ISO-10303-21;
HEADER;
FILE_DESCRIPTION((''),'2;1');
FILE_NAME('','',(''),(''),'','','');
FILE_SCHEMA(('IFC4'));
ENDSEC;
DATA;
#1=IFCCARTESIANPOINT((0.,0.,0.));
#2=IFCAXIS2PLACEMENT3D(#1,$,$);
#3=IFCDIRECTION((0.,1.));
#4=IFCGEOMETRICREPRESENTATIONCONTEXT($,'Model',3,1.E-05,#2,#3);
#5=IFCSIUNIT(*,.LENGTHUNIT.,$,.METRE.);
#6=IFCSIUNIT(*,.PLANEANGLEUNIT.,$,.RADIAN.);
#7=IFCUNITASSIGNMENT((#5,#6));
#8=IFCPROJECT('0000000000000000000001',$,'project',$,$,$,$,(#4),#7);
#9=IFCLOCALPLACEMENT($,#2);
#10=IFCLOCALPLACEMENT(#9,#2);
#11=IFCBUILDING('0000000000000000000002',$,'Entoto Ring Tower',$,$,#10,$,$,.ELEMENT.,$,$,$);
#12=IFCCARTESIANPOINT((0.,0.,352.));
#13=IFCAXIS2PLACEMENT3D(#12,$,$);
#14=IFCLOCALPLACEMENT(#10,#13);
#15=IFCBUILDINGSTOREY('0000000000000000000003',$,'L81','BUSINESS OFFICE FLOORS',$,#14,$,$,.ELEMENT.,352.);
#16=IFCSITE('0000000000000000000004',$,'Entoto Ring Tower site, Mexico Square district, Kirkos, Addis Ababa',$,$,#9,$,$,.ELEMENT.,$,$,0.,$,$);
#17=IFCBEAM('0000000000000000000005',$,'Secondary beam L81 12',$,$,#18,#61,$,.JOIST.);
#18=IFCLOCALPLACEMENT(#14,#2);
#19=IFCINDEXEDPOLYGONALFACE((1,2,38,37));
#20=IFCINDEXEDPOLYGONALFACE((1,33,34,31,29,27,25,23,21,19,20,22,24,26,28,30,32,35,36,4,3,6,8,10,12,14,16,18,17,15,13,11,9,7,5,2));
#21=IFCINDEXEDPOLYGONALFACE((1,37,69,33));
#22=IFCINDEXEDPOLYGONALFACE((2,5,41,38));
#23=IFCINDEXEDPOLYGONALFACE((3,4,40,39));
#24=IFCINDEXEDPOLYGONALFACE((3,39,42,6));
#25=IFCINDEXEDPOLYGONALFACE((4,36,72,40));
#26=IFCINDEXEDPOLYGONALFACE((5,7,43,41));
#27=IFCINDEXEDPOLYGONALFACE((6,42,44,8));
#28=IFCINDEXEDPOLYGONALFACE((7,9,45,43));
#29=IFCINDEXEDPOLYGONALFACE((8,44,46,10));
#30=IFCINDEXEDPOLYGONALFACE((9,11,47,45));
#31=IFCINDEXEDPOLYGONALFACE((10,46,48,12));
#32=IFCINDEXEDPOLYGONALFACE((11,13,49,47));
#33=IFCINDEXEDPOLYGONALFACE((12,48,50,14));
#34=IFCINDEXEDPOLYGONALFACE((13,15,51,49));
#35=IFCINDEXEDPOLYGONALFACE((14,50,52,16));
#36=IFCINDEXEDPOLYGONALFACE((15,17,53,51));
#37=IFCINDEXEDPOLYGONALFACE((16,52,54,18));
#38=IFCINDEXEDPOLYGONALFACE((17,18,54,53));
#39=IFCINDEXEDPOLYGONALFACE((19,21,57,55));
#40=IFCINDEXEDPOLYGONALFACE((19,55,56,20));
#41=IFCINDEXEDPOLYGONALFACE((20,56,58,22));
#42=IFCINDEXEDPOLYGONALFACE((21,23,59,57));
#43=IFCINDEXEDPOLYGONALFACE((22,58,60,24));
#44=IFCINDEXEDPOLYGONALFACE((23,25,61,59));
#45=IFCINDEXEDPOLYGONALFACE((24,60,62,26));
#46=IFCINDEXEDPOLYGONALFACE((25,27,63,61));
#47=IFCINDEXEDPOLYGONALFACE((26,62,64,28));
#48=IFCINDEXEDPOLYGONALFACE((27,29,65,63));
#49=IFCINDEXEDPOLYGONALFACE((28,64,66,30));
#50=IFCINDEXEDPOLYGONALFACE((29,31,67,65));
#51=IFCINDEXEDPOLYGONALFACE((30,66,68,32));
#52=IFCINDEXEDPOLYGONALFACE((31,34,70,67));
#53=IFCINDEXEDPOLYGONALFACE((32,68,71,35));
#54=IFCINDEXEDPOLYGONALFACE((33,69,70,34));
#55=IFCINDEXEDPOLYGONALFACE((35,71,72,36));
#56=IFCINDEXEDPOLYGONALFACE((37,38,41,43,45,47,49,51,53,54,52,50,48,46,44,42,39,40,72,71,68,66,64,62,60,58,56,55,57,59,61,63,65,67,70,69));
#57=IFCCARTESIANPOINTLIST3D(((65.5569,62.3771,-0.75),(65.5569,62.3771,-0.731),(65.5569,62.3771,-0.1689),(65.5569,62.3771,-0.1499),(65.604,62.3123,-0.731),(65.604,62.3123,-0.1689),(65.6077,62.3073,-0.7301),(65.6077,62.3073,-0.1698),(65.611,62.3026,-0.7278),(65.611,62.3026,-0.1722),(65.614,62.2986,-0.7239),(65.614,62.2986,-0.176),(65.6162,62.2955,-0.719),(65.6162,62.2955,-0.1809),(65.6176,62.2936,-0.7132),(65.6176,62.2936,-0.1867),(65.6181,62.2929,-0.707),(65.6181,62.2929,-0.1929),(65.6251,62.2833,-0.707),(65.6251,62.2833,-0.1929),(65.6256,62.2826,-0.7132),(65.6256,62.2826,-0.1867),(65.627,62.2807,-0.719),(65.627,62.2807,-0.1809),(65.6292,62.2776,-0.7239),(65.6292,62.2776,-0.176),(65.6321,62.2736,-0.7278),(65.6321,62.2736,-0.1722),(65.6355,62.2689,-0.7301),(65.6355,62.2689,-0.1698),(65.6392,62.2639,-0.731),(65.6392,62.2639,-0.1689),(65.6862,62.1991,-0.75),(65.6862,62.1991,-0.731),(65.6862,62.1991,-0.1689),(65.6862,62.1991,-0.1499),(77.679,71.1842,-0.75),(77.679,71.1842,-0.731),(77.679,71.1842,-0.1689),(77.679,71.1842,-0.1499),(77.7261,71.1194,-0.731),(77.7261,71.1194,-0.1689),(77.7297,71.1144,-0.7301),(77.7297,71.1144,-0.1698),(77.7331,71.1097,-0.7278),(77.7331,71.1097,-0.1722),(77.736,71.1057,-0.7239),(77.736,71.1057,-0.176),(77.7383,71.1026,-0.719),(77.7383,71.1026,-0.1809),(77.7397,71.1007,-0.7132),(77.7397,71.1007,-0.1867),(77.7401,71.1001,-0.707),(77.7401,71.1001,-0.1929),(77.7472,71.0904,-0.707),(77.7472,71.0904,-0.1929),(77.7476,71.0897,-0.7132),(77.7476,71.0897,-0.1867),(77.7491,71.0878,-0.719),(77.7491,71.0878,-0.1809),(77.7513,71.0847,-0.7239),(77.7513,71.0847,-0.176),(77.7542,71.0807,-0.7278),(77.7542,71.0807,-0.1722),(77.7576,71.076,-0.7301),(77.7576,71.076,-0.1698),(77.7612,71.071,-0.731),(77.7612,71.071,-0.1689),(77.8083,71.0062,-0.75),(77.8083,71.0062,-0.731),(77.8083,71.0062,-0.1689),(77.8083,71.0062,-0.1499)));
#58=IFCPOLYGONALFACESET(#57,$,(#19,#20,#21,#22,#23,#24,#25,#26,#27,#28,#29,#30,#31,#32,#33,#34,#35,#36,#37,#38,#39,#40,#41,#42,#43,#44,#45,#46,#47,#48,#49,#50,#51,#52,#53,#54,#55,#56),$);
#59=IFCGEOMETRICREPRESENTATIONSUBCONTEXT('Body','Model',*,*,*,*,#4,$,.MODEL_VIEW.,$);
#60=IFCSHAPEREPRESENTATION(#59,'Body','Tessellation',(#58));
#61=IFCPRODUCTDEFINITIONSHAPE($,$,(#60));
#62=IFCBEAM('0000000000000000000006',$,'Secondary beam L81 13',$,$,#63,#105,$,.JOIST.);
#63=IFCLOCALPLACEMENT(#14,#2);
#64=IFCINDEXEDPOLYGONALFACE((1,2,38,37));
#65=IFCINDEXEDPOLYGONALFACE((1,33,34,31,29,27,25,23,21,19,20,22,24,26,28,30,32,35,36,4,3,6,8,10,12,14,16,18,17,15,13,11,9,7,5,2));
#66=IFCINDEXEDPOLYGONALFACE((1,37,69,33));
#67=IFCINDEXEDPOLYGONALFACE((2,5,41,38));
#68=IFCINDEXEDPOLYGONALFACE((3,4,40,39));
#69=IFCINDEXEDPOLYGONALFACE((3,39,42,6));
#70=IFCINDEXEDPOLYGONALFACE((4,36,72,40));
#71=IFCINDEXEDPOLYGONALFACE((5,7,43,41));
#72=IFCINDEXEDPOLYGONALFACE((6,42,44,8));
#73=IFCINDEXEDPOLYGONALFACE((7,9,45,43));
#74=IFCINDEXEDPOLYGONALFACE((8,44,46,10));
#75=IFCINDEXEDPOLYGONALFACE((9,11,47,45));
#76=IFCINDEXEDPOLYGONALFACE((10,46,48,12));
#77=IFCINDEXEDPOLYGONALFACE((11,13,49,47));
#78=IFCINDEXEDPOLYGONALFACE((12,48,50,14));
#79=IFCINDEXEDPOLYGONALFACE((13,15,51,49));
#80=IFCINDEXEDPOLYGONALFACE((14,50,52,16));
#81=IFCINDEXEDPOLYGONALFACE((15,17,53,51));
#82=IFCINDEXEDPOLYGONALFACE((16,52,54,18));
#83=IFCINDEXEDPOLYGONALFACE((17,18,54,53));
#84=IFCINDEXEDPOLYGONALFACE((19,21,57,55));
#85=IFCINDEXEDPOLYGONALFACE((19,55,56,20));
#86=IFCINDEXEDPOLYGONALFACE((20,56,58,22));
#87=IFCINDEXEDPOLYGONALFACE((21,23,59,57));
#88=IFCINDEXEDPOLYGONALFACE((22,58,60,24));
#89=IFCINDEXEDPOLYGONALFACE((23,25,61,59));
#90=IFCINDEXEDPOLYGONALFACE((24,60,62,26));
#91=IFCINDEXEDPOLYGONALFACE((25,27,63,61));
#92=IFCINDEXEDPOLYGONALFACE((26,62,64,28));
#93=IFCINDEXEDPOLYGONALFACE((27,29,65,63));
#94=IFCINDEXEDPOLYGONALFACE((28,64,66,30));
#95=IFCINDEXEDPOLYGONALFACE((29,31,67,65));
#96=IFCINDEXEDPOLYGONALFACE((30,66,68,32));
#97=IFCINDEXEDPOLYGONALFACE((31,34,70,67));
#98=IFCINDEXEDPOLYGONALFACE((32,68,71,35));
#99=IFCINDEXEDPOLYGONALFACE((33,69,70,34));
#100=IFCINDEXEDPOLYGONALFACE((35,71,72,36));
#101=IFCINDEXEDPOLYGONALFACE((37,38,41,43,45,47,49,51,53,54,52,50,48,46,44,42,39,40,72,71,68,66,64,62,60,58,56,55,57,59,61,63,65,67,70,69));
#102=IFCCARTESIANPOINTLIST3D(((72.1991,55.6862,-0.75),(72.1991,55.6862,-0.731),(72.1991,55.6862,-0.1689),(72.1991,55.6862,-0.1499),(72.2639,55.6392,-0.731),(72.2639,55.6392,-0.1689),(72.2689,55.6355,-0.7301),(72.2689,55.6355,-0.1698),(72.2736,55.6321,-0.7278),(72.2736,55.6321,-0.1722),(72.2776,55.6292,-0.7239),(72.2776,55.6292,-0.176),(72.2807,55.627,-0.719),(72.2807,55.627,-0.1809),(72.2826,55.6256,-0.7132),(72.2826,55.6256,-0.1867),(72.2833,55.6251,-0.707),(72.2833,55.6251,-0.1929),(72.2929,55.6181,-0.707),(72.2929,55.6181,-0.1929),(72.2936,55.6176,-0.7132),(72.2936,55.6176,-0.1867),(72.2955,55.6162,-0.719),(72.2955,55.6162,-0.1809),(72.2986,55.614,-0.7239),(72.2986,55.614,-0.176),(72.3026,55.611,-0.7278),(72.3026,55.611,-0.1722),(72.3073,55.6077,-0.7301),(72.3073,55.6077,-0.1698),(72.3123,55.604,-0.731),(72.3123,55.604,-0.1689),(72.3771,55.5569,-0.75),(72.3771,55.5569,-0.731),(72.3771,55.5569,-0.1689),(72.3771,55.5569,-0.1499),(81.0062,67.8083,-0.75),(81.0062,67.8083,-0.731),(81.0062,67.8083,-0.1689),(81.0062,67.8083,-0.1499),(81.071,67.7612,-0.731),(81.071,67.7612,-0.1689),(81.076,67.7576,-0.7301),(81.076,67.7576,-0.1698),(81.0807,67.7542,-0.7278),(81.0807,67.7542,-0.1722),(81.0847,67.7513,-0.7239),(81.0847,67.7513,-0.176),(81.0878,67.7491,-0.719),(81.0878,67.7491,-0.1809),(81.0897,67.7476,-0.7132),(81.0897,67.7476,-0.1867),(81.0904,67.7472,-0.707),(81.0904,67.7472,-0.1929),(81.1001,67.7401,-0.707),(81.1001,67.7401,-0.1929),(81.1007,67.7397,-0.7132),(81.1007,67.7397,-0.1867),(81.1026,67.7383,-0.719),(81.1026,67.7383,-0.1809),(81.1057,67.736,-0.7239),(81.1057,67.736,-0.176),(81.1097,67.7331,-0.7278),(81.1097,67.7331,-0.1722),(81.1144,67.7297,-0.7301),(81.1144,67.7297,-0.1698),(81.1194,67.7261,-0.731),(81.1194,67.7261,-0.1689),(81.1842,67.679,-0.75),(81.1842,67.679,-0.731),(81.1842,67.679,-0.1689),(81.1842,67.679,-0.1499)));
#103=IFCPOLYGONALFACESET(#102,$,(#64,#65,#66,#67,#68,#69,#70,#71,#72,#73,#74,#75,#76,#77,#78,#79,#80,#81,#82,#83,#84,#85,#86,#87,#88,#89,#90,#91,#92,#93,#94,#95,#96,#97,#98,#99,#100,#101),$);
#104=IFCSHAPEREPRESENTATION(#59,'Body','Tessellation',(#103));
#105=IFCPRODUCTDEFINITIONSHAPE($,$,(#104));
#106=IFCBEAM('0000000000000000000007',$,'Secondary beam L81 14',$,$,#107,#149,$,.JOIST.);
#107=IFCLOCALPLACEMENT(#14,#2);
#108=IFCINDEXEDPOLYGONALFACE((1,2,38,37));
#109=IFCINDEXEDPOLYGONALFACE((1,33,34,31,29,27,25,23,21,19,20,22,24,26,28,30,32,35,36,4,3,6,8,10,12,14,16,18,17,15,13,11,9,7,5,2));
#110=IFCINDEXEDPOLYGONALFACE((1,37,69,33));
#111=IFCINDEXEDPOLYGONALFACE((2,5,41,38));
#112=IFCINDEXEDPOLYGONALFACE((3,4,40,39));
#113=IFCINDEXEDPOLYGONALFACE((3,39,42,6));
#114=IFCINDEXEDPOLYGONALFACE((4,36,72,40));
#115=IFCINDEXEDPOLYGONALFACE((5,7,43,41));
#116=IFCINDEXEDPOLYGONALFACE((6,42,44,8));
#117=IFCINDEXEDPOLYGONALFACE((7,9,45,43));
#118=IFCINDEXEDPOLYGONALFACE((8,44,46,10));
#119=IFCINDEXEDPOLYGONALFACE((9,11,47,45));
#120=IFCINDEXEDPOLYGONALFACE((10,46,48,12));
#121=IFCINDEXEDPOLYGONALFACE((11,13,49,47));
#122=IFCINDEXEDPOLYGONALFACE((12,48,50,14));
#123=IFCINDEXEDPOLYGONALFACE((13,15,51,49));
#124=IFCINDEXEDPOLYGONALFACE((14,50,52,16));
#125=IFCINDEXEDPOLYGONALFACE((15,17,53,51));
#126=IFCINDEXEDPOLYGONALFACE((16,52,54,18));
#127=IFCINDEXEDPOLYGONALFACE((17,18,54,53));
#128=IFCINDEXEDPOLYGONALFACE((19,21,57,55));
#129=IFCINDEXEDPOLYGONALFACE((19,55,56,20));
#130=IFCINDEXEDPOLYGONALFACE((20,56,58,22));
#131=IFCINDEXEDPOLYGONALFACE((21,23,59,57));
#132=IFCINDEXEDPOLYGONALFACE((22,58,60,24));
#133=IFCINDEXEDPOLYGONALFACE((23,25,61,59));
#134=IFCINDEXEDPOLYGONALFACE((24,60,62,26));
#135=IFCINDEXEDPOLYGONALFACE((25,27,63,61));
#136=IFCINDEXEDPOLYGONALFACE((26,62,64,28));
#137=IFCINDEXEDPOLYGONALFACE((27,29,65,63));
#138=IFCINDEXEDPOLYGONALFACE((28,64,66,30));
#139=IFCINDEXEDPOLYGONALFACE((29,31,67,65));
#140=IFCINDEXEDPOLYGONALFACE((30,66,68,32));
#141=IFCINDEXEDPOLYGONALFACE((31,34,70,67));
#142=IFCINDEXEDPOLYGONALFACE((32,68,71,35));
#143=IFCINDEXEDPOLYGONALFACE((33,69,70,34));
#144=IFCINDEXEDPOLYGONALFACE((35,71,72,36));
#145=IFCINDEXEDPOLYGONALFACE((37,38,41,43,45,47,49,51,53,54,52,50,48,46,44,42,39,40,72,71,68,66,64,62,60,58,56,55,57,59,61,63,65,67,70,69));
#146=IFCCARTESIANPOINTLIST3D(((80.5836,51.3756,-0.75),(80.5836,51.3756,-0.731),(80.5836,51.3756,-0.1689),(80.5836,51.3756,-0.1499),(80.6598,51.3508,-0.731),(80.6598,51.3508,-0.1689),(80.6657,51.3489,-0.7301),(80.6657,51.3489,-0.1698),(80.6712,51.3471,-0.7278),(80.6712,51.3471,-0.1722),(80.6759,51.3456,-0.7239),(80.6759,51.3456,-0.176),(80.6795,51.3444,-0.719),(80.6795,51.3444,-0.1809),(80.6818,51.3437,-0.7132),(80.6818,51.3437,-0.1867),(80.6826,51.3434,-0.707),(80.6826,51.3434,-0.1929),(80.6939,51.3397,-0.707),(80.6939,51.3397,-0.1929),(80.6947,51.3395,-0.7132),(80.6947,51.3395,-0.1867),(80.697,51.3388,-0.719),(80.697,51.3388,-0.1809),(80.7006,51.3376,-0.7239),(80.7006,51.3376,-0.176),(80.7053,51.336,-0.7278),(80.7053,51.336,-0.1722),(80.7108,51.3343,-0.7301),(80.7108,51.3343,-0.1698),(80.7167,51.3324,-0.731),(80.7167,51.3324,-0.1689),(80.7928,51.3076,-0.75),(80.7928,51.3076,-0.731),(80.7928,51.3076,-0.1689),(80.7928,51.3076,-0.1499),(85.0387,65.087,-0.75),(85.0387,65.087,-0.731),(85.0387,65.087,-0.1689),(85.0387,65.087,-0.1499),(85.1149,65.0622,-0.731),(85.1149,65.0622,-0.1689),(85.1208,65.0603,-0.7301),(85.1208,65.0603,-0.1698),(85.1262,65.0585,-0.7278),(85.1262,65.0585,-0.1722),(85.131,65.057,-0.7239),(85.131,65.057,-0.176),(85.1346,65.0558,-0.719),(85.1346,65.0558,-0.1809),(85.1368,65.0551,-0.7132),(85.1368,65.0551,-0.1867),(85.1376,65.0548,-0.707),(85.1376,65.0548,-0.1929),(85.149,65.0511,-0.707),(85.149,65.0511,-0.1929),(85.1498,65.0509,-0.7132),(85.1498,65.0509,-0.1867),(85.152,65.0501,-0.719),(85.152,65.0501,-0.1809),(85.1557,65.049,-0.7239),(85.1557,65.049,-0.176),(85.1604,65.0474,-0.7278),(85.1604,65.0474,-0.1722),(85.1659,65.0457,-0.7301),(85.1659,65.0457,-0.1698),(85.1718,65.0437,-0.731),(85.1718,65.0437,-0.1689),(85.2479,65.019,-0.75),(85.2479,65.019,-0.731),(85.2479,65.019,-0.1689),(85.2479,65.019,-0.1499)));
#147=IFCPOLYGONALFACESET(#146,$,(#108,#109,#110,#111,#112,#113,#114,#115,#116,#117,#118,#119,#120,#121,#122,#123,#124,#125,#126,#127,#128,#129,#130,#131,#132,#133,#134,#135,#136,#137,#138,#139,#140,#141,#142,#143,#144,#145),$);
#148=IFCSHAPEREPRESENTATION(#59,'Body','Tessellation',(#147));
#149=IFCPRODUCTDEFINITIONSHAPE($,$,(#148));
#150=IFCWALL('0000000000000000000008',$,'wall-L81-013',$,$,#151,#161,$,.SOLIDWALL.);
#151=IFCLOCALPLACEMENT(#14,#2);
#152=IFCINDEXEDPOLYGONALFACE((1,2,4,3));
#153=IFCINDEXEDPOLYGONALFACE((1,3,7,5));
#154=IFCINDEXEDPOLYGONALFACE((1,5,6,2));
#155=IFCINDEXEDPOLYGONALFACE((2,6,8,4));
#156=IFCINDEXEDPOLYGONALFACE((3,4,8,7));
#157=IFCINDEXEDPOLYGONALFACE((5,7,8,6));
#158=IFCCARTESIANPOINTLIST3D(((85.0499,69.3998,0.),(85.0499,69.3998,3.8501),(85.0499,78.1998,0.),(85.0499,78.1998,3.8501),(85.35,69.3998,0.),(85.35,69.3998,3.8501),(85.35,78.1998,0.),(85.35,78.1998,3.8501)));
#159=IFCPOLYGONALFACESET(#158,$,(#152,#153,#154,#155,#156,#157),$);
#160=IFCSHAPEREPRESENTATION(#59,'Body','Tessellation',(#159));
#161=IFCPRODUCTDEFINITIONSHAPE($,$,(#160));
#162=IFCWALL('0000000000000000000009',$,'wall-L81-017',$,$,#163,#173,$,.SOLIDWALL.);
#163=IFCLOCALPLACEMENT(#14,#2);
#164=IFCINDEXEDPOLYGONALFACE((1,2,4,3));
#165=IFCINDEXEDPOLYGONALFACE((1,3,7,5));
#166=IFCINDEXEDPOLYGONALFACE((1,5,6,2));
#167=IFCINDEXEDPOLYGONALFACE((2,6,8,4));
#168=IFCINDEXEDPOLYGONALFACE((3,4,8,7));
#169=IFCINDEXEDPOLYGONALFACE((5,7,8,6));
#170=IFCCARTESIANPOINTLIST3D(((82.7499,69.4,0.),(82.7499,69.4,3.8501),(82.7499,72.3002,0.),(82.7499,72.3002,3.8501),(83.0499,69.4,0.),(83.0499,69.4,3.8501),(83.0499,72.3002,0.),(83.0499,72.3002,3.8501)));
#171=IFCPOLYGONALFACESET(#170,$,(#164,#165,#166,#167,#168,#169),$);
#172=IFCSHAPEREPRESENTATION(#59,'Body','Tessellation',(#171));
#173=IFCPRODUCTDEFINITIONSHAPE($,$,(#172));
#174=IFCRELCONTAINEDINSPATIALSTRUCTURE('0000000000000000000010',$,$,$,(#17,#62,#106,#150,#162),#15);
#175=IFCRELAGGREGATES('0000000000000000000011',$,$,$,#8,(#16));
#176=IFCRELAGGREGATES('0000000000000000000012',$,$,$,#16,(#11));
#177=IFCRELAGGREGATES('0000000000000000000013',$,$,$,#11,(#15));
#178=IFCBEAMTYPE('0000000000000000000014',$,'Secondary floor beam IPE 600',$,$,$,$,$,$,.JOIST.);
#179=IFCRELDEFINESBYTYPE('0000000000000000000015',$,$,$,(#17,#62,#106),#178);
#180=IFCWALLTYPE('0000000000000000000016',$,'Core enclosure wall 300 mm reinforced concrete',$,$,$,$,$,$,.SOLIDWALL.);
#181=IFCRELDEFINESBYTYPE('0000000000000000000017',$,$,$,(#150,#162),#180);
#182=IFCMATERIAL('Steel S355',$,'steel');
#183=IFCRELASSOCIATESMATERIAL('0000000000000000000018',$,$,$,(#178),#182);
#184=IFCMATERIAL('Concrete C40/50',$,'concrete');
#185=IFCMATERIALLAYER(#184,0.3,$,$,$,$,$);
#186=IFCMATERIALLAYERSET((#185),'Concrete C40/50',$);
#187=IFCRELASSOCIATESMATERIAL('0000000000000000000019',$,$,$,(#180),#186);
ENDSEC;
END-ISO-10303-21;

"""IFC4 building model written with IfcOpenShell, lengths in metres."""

from ifc_helpers import new_model, si_unit, direction, frame, frame_2d, origin, origin_2d, place, context, subcontext, project, spatial, rectangle, i_section, extrude, material, layer, layer_set, material_profile, profile_set, type_object, element, save


model = new_model("IFC4")

# Units and contexts
model_context = context("Model", 3, precision=1e-05, world=origin(), true_north=direction((0.0, 1.0)))
body_context = subcontext(model_context, "Body", "Model", "MODEL_VIEW")
ifc_project = project(units=[si_unit("LENGTHUNIT", "METRE"), si_unit("PLANEANGLEUNIT", "RADIAN")], contexts=[model_context])

# Site, building, storey
site_placement = place(None, origin())
site = spatial("IfcSite", under=ifc_project, at=site_placement, Name="Entoto Ring Tower site, Mexico Square district, Kirkos, Addis Ababa", CompositionType="ELEMENT", RefElevation=0.0)
building_placement = place(site_placement, origin())
building = spatial("IfcBuilding", under=site, at=building_placement, Name="Entoto Ring Tower", CompositionType="ELEMENT")
storey_placement = place(building_placement, frame((0.0, 0.0, 352.0)))
storey = spatial("IfcBuildingStorey", under=building, at=storey_placement, Name="L81", Description="BUSINESS OFFICE FLOORS", CompositionType="ELEMENT", Elevation=352.0)

# Beams
ifc_material_1 = material(Name="Steel S355", Category="steel")
ifc_material_profile_1 = material_profile(ifc_material_1, i_section(OverallWidth=0.22, OverallDepth=0.6001, WebThickness=0.012, FlangeThickness=0.019, FilletRadius=0.0239, at=origin_2d()), Name="IPE 600")
ifc_profile_set_1 = profile_set([ifc_material_profile_1], Name="Steel S355")
beam_type_1 = type_object("IfcBeamType", Name="Secondary floor beam IPE 600", PredefinedType="JOIST", material=ifc_profile_set_1)
for number, where, z_axis, x_axis, name in (
    (1, (77.7437, 71.0952, -0.45), (-0.809019, -0.587782, 0.0), (0.587782, -0.809019, 0.0), "Secondary beam L81 12"),
    (2, (81.0952, 67.7437, -0.45), (-0.587782, -0.809019, 0.0), (0.809019, -0.587782, 0.0), "Secondary beam L81 13"),
):
    element("IfcBeam", number, at=place(storey_placement, frame(where, z_axis=z_axis, x_axis=x_axis)), inside=storey, type_object=beam_type_1, Name=name, PredefinedType="JOIST", context=body_context, shape_type="SweptSolid", body=[
        extrude(i_section(OverallWidth=0.22, OverallDepth=0.6001, WebThickness=0.012, FlangeThickness=0.019, FilletRadius=0.0239, at=origin_2d()), origin(), (0.0, 0.0, 1.0), 14.9836),
    ])
beam_1_placement = place(storey_placement, frame((85.1433, 65.053, -0.45), z_axis=(-0.309015, -0.951057, 0.0), x_axis=(0.951057, -0.309015, 0.0)))
element("IfcBeam", 3, at=beam_1_placement, inside=storey, type_object=beam_type_1, Name="Secondary beam L81 14", PredefinedType="JOIST", context=body_context, shape_type="SweptSolid", body=[
    extrude(i_section(OverallWidth=0.22, OverallDepth=0.6001, WebThickness=0.012, FlangeThickness=0.019, FilletRadius=0.0239, at=origin_2d()), origin(), (0.0, 0.0, 1.0), 14.417),
])

# Walls
ifc_material_2 = material(Name="Concrete C40/50", Category="concrete")
ifc_layer_1 = layer(ifc_material_2, 0.3)
ifc_layer_set_1 = layer_set([ifc_layer_1], Name="Concrete C40/50")
wall_type_1 = type_object("IfcWallType", Name="Core enclosure wall 300 mm reinforced concrete", PredefinedType="SOLIDWALL", material=ifc_layer_set_1)
wall_1_placement = place(storey_placement, frame((85.2, 69.3999, 0.0), z_axis=(0.0, 0.0, 1.0), x_axis=(0.0, 1.0, 0.0)))
element("IfcWall", 4, at=wall_1_placement, inside=storey, type_object=wall_type_1, Name="wall-L81-013", PredefinedType="SOLIDWALL", context=body_context, shape_type="SweptSolid", body=[
    extrude(rectangle(XDim=8.8, YDim=0.3, at=frame_2d((4.3999, 0.0))), origin(), (0.0, 0.0, 1.0), 3.8501),
])
wall_2_placement = place(storey_placement, frame((82.8999, 69.3999, 0.0), z_axis=(0.0, 0.0, 1.0), x_axis=(0.0, 1.0, 0.0)))
element("IfcWall", 5, at=wall_2_placement, inside=storey, type_object=wall_type_1, Name="wall-L81-017", PredefinedType="SOLIDWALL", context=body_context, shape_type="SweptSolid", body=[
    extrude(rectangle(XDim=2.9001, YDim=0.3, at=frame_2d((1.4502, 0.0))), origin(), (0.0, 0.0, 1.0), 3.8501),
])

save(model, "model.ifc")
